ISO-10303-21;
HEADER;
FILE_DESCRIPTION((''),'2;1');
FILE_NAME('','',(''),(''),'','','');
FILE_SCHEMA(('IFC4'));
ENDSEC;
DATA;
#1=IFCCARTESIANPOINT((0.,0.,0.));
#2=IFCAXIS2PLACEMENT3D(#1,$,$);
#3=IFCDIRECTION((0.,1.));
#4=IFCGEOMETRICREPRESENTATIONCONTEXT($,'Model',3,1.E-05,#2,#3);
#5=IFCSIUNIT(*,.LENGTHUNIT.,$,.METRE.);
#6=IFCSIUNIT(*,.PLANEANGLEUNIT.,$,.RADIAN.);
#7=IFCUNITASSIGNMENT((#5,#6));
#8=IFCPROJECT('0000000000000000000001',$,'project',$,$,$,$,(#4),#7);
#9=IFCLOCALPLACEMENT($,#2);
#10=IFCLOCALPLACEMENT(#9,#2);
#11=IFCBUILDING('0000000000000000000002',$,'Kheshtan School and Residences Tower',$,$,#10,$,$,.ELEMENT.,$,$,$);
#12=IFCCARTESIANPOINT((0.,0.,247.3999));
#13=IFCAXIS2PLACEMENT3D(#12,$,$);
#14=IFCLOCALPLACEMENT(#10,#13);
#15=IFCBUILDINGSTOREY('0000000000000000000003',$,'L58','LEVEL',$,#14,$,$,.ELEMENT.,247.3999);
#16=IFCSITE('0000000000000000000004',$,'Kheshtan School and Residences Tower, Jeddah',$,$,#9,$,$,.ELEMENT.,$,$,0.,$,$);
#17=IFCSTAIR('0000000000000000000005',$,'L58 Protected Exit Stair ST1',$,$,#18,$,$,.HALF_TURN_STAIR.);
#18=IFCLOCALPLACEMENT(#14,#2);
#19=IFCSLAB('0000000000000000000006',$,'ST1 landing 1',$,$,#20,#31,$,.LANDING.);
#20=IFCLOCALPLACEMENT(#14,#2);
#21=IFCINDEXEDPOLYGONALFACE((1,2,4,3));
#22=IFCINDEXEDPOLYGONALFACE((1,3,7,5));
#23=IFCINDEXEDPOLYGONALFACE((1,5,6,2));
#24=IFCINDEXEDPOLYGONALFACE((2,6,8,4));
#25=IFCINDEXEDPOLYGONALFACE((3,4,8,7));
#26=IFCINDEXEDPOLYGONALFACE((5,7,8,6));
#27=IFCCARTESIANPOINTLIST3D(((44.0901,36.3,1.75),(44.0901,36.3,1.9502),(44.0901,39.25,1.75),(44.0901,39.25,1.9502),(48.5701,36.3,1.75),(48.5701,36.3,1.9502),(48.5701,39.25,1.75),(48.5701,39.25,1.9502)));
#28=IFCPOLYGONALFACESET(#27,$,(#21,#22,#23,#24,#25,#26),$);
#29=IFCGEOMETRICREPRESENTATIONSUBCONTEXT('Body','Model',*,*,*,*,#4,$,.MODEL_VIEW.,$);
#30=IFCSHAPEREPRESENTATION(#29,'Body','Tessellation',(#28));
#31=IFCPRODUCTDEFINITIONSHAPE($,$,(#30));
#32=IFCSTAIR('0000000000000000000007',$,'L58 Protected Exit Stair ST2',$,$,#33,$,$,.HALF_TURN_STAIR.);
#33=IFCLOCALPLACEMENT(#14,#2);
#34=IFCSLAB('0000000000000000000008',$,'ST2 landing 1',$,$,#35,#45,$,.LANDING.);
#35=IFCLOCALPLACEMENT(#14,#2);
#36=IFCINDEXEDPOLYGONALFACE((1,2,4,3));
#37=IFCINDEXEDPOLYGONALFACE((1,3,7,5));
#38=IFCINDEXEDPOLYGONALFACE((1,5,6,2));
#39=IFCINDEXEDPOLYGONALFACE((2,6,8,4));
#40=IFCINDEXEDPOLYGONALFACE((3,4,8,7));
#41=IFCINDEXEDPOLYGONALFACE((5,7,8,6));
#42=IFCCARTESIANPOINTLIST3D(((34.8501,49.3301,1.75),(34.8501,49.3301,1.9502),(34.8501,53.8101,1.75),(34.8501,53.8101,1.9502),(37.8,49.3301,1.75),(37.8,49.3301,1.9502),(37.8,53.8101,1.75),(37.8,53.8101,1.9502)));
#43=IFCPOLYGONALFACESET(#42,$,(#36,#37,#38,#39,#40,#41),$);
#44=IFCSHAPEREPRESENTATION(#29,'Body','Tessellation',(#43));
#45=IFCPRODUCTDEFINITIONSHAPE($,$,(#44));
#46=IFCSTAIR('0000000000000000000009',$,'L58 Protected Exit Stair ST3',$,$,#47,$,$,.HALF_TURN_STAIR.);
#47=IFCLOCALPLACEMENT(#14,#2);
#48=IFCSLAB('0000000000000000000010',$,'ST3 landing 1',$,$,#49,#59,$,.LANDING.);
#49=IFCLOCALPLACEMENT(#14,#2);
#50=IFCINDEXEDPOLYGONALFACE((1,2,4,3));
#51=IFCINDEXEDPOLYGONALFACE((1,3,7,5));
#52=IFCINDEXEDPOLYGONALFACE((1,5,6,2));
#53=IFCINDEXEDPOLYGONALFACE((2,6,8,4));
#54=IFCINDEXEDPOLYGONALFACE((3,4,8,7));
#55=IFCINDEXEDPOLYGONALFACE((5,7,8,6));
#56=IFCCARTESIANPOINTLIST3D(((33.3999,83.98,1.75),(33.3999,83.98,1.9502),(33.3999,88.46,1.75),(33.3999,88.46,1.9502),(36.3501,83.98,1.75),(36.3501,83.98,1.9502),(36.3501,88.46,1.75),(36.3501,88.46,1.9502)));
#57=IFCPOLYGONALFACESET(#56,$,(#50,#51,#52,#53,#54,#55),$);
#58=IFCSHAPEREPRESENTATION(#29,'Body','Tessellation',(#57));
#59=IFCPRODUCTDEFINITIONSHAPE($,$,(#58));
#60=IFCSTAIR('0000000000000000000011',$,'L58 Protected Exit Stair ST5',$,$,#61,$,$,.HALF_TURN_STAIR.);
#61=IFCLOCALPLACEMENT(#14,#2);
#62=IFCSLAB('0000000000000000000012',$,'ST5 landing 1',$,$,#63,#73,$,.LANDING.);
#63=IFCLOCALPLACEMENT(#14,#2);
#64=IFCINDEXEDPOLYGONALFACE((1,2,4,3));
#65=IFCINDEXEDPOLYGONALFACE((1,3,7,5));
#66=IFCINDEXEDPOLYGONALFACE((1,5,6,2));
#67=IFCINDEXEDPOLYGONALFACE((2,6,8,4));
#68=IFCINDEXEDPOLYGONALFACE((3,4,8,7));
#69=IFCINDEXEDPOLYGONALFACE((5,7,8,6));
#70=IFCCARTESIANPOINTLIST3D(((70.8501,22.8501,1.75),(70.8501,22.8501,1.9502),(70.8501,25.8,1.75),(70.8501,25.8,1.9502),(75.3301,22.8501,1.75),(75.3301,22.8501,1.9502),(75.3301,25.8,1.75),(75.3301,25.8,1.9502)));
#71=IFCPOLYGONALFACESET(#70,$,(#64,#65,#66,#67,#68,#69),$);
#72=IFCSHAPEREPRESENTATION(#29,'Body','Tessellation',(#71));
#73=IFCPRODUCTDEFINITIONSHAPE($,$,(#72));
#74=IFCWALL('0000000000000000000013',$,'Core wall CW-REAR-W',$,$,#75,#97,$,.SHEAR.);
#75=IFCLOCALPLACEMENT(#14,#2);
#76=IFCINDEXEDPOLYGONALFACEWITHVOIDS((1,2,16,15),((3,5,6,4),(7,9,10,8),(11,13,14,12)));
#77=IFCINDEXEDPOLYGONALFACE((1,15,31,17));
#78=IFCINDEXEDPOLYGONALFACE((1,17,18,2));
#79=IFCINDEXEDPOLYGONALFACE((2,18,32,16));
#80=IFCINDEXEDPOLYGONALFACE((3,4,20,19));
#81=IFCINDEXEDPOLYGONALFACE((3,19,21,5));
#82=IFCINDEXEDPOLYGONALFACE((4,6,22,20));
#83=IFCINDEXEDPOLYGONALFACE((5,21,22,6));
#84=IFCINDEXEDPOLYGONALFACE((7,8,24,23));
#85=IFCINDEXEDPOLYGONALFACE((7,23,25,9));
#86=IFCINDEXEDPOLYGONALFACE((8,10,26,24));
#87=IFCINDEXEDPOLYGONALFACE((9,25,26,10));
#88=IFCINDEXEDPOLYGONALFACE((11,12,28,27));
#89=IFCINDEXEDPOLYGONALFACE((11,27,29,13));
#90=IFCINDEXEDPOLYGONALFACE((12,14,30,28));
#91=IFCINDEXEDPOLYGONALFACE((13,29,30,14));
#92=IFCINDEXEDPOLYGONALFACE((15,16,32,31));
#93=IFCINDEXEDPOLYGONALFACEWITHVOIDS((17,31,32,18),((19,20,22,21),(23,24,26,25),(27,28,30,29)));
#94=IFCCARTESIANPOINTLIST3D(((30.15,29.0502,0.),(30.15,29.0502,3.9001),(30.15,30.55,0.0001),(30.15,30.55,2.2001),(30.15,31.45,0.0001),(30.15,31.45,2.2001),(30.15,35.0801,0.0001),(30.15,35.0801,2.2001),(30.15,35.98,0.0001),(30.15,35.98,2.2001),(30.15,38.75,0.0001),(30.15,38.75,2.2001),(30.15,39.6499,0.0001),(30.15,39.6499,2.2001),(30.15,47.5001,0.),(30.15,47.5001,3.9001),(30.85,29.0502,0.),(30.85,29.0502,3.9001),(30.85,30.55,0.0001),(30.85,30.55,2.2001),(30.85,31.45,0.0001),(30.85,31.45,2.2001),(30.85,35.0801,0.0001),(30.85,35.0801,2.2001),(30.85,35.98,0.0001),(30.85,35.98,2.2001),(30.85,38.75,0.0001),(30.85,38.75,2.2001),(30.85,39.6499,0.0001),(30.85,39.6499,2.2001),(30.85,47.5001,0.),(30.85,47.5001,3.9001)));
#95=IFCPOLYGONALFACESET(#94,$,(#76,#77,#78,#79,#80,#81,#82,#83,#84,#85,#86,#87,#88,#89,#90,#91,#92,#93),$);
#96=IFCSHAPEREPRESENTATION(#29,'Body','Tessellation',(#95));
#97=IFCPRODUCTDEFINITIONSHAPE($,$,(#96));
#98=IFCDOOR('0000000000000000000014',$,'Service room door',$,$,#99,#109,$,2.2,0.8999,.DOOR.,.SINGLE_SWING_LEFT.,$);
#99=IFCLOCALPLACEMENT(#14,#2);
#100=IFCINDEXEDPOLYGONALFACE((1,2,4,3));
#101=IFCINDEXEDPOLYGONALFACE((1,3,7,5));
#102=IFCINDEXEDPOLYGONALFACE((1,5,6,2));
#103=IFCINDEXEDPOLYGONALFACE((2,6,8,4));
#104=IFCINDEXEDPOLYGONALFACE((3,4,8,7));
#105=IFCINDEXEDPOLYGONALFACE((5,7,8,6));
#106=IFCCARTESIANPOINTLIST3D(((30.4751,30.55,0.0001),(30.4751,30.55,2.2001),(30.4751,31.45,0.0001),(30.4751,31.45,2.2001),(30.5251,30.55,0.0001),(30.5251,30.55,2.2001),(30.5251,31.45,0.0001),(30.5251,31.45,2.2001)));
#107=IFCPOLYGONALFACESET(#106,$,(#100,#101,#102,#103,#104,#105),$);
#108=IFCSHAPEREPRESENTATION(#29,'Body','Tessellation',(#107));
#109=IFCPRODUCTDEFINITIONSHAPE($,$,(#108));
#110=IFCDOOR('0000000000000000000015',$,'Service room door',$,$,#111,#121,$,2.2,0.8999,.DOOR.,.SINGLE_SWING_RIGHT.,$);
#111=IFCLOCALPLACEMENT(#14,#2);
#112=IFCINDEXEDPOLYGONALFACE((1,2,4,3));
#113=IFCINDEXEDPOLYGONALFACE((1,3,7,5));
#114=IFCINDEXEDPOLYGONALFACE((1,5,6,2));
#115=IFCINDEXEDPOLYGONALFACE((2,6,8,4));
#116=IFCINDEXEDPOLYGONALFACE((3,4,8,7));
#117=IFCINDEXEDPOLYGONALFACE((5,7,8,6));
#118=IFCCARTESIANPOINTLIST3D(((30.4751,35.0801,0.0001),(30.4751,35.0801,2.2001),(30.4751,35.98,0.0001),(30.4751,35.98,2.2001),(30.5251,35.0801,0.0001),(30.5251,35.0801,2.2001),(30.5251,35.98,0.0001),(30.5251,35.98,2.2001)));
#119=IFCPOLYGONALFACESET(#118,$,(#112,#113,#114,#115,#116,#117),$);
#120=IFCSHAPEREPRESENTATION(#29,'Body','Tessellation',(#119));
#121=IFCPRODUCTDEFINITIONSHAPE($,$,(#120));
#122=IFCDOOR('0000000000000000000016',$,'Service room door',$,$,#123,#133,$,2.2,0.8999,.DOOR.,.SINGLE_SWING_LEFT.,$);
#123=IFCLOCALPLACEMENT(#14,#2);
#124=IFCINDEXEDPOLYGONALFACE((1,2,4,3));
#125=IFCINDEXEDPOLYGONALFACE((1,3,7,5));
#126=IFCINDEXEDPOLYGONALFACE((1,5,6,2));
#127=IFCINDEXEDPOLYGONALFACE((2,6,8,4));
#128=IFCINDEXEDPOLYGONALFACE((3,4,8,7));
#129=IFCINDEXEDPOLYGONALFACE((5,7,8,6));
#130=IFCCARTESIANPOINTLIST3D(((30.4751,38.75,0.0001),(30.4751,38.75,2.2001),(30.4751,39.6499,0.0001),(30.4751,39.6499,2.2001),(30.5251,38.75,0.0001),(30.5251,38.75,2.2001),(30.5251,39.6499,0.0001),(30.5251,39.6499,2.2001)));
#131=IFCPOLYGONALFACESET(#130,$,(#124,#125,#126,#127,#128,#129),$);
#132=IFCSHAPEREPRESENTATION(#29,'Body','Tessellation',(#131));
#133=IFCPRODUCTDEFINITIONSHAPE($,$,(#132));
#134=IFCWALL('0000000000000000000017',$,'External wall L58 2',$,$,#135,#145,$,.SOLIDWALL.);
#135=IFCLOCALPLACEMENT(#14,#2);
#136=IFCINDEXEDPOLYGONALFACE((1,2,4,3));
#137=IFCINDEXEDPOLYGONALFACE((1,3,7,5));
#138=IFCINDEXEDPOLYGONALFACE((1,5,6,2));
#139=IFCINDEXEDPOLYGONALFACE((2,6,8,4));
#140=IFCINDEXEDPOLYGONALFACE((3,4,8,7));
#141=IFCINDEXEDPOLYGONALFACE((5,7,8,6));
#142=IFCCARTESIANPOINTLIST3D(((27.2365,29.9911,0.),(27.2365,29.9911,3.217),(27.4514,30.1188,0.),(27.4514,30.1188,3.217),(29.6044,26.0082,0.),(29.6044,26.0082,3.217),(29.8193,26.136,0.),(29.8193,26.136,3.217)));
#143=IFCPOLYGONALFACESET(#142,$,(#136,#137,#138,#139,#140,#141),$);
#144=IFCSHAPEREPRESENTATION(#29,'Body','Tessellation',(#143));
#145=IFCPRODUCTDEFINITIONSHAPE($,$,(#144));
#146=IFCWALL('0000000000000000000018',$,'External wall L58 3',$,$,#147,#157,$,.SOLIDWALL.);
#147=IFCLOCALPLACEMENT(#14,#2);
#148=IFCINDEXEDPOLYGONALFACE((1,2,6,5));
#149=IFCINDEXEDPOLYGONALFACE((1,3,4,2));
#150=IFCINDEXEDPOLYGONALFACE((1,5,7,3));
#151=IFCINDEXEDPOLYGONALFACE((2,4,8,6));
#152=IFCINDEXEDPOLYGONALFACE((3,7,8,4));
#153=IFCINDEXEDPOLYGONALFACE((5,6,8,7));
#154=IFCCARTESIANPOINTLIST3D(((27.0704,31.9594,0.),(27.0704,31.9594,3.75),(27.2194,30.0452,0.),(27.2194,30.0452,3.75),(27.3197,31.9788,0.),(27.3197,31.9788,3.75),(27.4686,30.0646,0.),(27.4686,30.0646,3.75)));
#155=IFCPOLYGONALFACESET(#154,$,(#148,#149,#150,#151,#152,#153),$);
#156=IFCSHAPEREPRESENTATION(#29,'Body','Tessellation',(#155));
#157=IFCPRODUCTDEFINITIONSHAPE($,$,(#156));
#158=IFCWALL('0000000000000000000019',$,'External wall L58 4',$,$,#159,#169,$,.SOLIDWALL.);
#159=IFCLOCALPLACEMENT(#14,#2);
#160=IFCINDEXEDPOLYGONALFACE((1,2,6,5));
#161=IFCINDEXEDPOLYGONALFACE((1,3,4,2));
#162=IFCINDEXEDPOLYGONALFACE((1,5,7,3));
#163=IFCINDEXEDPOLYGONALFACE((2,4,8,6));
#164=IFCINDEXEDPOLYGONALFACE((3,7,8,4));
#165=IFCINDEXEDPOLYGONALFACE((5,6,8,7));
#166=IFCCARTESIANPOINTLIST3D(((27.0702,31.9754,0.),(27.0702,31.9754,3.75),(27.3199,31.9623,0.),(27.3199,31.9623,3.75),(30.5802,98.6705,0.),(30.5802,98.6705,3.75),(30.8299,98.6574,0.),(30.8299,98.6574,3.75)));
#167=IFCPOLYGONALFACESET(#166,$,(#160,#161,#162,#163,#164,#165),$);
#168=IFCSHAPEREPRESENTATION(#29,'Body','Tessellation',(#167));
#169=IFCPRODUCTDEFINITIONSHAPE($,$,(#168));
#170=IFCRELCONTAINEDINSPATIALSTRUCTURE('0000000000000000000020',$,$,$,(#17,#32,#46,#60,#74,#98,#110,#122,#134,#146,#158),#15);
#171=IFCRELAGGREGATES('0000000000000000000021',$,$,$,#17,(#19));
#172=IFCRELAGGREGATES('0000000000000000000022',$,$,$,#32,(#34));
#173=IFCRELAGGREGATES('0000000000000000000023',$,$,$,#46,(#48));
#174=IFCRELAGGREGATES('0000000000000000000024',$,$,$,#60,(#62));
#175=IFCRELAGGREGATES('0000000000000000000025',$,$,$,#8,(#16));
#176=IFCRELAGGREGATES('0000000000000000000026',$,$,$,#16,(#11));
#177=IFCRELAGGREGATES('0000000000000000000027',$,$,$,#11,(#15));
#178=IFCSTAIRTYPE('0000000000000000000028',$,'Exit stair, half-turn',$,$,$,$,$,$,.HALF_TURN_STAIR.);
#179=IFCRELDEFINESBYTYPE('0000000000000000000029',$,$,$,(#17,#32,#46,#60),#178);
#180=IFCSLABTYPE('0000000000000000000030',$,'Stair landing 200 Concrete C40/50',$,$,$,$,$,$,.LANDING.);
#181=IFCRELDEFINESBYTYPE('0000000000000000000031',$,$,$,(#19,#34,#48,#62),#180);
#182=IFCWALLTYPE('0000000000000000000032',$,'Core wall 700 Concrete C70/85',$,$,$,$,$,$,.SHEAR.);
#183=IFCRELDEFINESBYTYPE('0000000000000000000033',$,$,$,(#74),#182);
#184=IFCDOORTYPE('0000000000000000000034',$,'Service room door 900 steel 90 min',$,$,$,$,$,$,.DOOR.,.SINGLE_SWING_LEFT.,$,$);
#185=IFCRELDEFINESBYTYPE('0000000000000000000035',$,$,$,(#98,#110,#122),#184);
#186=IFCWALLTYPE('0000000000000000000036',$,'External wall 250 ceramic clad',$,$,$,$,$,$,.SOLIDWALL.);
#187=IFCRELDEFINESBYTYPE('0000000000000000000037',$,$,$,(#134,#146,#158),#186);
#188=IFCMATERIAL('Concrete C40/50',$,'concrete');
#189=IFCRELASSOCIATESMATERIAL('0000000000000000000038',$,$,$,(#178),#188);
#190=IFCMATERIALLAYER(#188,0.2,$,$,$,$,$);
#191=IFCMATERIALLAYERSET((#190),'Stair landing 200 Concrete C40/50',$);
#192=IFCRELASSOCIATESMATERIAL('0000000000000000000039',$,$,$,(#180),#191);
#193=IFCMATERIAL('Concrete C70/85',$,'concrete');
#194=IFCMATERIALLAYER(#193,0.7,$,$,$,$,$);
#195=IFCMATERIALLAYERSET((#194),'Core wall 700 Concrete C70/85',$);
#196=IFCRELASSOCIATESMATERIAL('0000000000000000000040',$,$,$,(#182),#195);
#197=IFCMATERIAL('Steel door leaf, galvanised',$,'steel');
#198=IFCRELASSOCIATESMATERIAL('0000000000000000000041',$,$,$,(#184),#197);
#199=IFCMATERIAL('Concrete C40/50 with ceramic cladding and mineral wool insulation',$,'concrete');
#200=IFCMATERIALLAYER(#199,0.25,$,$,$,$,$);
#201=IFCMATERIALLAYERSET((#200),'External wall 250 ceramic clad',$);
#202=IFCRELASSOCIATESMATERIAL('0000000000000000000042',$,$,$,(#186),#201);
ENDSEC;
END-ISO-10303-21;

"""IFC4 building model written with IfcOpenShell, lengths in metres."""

from ifc_helpers import new_model, si_unit, direction, frame, frame_2d, origin, place, context, subcontext, project, spatial, polyline, rectangle, outline, extrude, source, transform, mapped, material, layer, layer_set, type_object, element, fill, aggregate, save


model = new_model("IFC4")

# Units and contexts
model_context = context("Model", 3, precision=1e-05, world=origin(), true_north=direction((0.0, 1.0)))
body_context = subcontext(model_context, "Body", "Model", "MODEL_VIEW")
ifc_project = project(units=[si_unit("LENGTHUNIT", "METRE"), si_unit("PLANEANGLEUNIT", "RADIAN")], contexts=[model_context])

# Site, building, storey
site_placement = place(None, origin())
site = spatial("IfcSite", under=ifc_project, at=site_placement, Name="Kheshtan School and Residences Tower, Jeddah", CompositionType="ELEMENT", RefElevation=0.0)
building_placement = place(site_placement, origin())
building = spatial("IfcBuilding", under=site, at=building_placement, Name="Kheshtan School and Residences Tower", CompositionType="ELEMENT")
storey_placement = place(building_placement, frame((0.0, 0.0, 247.3999)))
storey = spatial("IfcBuildingStorey", under=building, at=storey_placement, Name="L58", Description="LEVEL", CompositionType="ELEMENT", Elevation=247.3999)

# Shared definitions
ifc_material_1 = material(Name="Concrete C40/50", Category="concrete")

# Stairs, slabs
stair_type = type_object("IfcStairType", Name="Exit stair, half-turn", PredefinedType="HALF_TURN_STAIR", material=ifc_material_1)
stair_1_placement = place(storey_placement, origin())
stair_1 = element("IfcStair", 1, at=stair_1_placement, inside=storey, type_object=stair_type, Name="L58 Protected Exit Stair ST1", PredefinedType="HALF_TURN_STAIR")
ifc_layer_1 = layer(ifc_material_1, 0.2)
ifc_layer_set_1 = layer_set([ifc_layer_1], Name="Stair landing 200 Concrete C40/50")
slab_type_1 = type_object("IfcSlabType", Name="Stair landing 200 Concrete C40/50", PredefinedType="LANDING", material=ifc_layer_set_1)
slab_1_placement = place(storey_placement, frame((0.0, 0.0, 1.75)))
slab_1 = element("IfcSlab", 2, at=slab_1_placement, type_object=slab_type_1, Name="ST1 landing 1", PredefinedType="LANDING", context=body_context, shape_type="SweptSolid", body=[
    extrude(outline(polyline([(48.5701, 39.25), (44.0901, 39.25), (44.0901, 36.3), (48.5701, 36.3), (48.5701, 39.25)])), origin(), (0.0, 0.0, 1.0), 0.2002),
])
aggregate(stair_1, [slab_1])
stair_2_placement = place(storey_placement, origin())
stair_2 = element("IfcStair", 3, at=stair_2_placement, inside=storey, type_object=stair_type, Name="L58 Protected Exit Stair ST2", PredefinedType="HALF_TURN_STAIR")
slab_2_placement = place(storey_placement, frame((0.0, 0.0, 1.75)))
slab_2 = element("IfcSlab", 4, at=slab_2_placement, type_object=slab_type_1, Name="ST2 landing 1", PredefinedType="LANDING", context=body_context, shape_type="SweptSolid", body=[
    extrude(outline(polyline([(37.8, 49.3301), (37.8, 53.8101), (34.8501, 53.8101), (34.8501, 49.3301), (37.8, 49.3301)])), origin(), (0.0, 0.0, 1.0), 0.2002),
])
aggregate(stair_2, [slab_2])
stair_3_placement = place(storey_placement, origin())
stair_3 = element("IfcStair", 5, at=stair_3_placement, inside=storey, type_object=stair_type, Name="L58 Protected Exit Stair ST3", PredefinedType="HALF_TURN_STAIR")
slab_3_placement = place(storey_placement, frame((0.0, 0.0, 1.75)))
slab_3 = element("IfcSlab", 6, at=slab_3_placement, type_object=slab_type_1, Name="ST3 landing 1", PredefinedType="LANDING", context=body_context, shape_type="SweptSolid", body=[
    extrude(outline(polyline([(36.3501, 83.98), (36.3501, 88.46), (33.3999, 88.46), (33.3999, 83.98), (36.3501, 83.98)])), origin(), (0.0, 0.0, 1.0), 0.2002),
])
aggregate(stair_3, [slab_3])
stair_4_placement = place(storey_placement, origin())
stair_4 = element("IfcStair", 7, at=stair_4_placement, inside=storey, type_object=stair_type, Name="L58 Protected Exit Stair ST5", PredefinedType="HALF_TURN_STAIR")
slab_4_placement = place(storey_placement, frame((0.0, 0.0, 1.75)))
slab_4 = element("IfcSlab", 8, at=slab_4_placement, type_object=slab_type_1, Name="ST5 landing 1", PredefinedType="LANDING", context=body_context, shape_type="SweptSolid", body=[
    extrude(outline(polyline([(75.3301, 25.8), (70.8501, 25.8), (70.8501, 22.8501), (75.3301, 22.8501), (75.3301, 25.8)])), origin(), (0.0, 0.0, 1.0), 0.2002),
])
aggregate(stair_4, [slab_4])

# Wall, openings, doors
ifc_material_2 = material(Name="Concrete C70/85", Category="concrete")
ifc_layer_2 = layer(ifc_material_2, 0.7)
ifc_layer_set_2 = layer_set([ifc_layer_2], Name="Core wall 700 Concrete C70/85")
wall_type_1 = type_object("IfcWallType", Name="Core wall 700 Concrete C70/85", PredefinedType="SHEAR", material=ifc_layer_set_2)
wall_1_placement = place(storey_placement, frame((30.5, 29.05, 0.0), z_axis=(0.0, 0.0, 1.0), x_axis=(0.0, 1.0, 0.0)))
wall_1 = element("IfcWall", 9, at=wall_1_placement, inside=storey, type_object=wall_type_1, Name="Core wall CW-REAR-W", PredefinedType="SHEAR", context=body_context, shape_type="SweptSolid", body=[
    extrude(rectangle(XDim=18.45, YDim=0.7, at=frame_2d((9.2251, 0.0))), origin(), (0.0, 0.0, 1.0), 3.9001),
])
opening_1_placement = place(wall_1_placement, frame((1.5, 0.0, 0.0)))
opening_1 = element("IfcOpeningElement", 10, at=opening_1_placement, cuts=wall_1, PredefinedType="OPENING", context=body_context, shape_type="SweptSolid", body=[
    extrude(rectangle(XDim=0.8999, YDim=2.2, at=frame_2d((0.45, 1.1001))), frame((0.0, 0.3599, 0.0), z_axis=(0.0, -1.0, 0.0), x_axis=(1.0, 0.0, 0.0)), (0.0, 0.0, 1.0), 0.72),
])
opening_2_placement = place(wall_1_placement, frame((6.03, 0.0, 0.0)))
opening_2 = element("IfcOpeningElement", 11, at=opening_2_placement, cuts=wall_1, PredefinedType="OPENING", context=body_context, shape_type="SweptSolid", body=[
    extrude(rectangle(XDim=0.8999, YDim=2.2, at=frame_2d((0.45, 1.1001))), frame((0.0, 0.3599, 0.0), z_axis=(0.0, -1.0, 0.0), x_axis=(1.0, 0.0, 0.0)), (0.0, 0.0, 1.0), 0.72),
])
opening_3_placement = place(wall_1_placement, frame((9.7, 0.0, 0.0)))
opening_3 = element("IfcOpeningElement", 12, at=opening_3_placement, cuts=wall_1, PredefinedType="OPENING", context=body_context, shape_type="SweptSolid", body=[
    extrude(rectangle(XDim=0.8999, YDim=2.2, at=frame_2d((0.45, 1.1001))), frame((0.0, 0.3599, 0.0), z_axis=(0.0, -1.0, 0.0), x_axis=(1.0, 0.0, 0.0)), (0.0, 0.0, 1.0), 0.72),
])
ifc_material_3 = material(Name="Steel door leaf, galvanised", Category="steel")
door_type = type_object("IfcDoorType", Name="Service room door 900 steel 90 min", OperationType="SINGLE_SWING_LEFT", PredefinedType="DOOR", material=ifc_material_3)
shared_shape = source(origin(), body_context, "Body", "SweptSolid", [
    extrude(rectangle(XDim=0.8999, YDim=2.2, at=frame_2d((0.45, 1.1001))), frame((0.0, 0.0249, 0.0), z_axis=(0.0, -1.0, 0.0), x_axis=(1.0, 0.0, 0.0)), (0.0, 0.0, 1.0), 0.05),
])
door_1_placement = place(opening_1_placement, origin())
door_1 = element("IfcDoor", 13, at=door_1_placement, inside=storey, type_object=door_type, Name="Service room door", OperationType="SINGLE_SWING_LEFT", OverallHeight=2.2, OverallWidth=0.8999, PredefinedType="DOOR", context=body_context, shape_type="MappedRepresentation", body=[
    mapped(shared_shape, transform((0.0, 0.0, 0.0), x_axis=(1.0, 0.0, 0.0), y_axis=(0.0, 1.0, 0.0), z_axis=(0.0, 0.0, 1.0), scale=1.0)),
])
fill(opening_1, door_1)
door_2_placement = place(opening_2_placement, origin())
door_2 = element("IfcDoor", 14, at=door_2_placement, inside=storey, type_object=door_type, Name="Service room door", OperationType="SINGLE_SWING_RIGHT", OverallHeight=2.2, OverallWidth=0.8999, PredefinedType="DOOR", context=body_context, shape_type="MappedRepresentation", body=[
    mapped(shared_shape, transform((0.0, 0.0, 0.0), x_axis=(1.0, 0.0, 0.0), y_axis=(0.0, 1.0, 0.0), z_axis=(0.0, 0.0, 1.0), scale=1.0)),
])
fill(opening_2, door_2)
door_3_placement = place(opening_3_placement, origin())
door_3 = element("IfcDoor", 15, at=door_3_placement, inside=storey, type_object=door_type, Name="Service room door", OperationType="SINGLE_SWING_LEFT", OverallHeight=2.2, OverallWidth=0.8999, PredefinedType="DOOR", context=body_context, shape_type="MappedRepresentation", body=[
    mapped(shared_shape, transform((0.0, 0.0, 0.0), x_axis=(1.0, 0.0, 0.0), y_axis=(0.0, 1.0, 0.0), z_axis=(0.0, 0.0, 1.0), scale=1.0)),
])
fill(opening_3, door_3)

# Walls
ifc_material_4 = material(Name="Concrete C40/50 with ceramic cladding and mineral wool insulation", Category="concrete")
ifc_layer_3 = layer(ifc_material_4, 0.25)
ifc_layer_set_3 = layer_set([ifc_layer_3], Name="External wall 250 ceramic clad")
wall_type_2 = type_object("IfcWallType", Name="External wall 250 ceramic clad", PredefinedType="SOLIDWALL", material=ifc_layer_set_3)
wall_2_placement = place(storey_placement, frame((29.7119, 26.072, 0.0), z_axis=(0.0, 0.0, 1.0), x_axis=(-0.511028, 0.859564, 0.0)))
element("IfcWall", 16, at=wall_2_placement, inside=storey, type_object=wall_type_2, Name="External wall L58 2", PredefinedType="SOLIDWALL", context=body_context, shape_type="SweptSolid", body=[
    extrude(rectangle(XDim=4.6335, YDim=0.25, at=frame_2d((2.3169, 0.0))), origin(), (0.0, 0.0, 1.0), 3.217),
])
wall_3_placement = place(storey_placement, frame((27.344, 30.0549, 0.0), z_axis=(0.0, 0.0, 1.0), x_axis=(-0.077572, 0.996987, 0.0)))
element("IfcWall", 17, at=wall_3_placement, inside=storey, type_object=wall_type_2, Name="External wall L58 3", PredefinedType="SOLIDWALL", context=body_context, shape_type="SweptSolid", body=[
    extrude(rectangle(XDim=1.9199, YDim=0.25, at=frame_2d((0.96, 0.0))), origin(), (0.0, 0.0, 1.0), 3.75),
])
wall_4_placement = place(storey_placement, frame((27.1951, 31.969, 0.0), z_axis=(0.0, 0.0, 1.0), x_axis=(0.052555, 0.998618, 0.0)))
element("IfcWall", 18, at=wall_4_placement, inside=storey, type_object=wall_type_2, Name="External wall L58 4", PredefinedType="SOLIDWALL", context=body_context, shape_type="SweptSolid", body=[
    extrude(rectangle(XDim=66.7874, YDim=0.25, at=frame_2d((33.3936, 0.0))), origin(), (0.0, 0.0, 1.0), 3.75),
])

save(model, "model.ifc")
